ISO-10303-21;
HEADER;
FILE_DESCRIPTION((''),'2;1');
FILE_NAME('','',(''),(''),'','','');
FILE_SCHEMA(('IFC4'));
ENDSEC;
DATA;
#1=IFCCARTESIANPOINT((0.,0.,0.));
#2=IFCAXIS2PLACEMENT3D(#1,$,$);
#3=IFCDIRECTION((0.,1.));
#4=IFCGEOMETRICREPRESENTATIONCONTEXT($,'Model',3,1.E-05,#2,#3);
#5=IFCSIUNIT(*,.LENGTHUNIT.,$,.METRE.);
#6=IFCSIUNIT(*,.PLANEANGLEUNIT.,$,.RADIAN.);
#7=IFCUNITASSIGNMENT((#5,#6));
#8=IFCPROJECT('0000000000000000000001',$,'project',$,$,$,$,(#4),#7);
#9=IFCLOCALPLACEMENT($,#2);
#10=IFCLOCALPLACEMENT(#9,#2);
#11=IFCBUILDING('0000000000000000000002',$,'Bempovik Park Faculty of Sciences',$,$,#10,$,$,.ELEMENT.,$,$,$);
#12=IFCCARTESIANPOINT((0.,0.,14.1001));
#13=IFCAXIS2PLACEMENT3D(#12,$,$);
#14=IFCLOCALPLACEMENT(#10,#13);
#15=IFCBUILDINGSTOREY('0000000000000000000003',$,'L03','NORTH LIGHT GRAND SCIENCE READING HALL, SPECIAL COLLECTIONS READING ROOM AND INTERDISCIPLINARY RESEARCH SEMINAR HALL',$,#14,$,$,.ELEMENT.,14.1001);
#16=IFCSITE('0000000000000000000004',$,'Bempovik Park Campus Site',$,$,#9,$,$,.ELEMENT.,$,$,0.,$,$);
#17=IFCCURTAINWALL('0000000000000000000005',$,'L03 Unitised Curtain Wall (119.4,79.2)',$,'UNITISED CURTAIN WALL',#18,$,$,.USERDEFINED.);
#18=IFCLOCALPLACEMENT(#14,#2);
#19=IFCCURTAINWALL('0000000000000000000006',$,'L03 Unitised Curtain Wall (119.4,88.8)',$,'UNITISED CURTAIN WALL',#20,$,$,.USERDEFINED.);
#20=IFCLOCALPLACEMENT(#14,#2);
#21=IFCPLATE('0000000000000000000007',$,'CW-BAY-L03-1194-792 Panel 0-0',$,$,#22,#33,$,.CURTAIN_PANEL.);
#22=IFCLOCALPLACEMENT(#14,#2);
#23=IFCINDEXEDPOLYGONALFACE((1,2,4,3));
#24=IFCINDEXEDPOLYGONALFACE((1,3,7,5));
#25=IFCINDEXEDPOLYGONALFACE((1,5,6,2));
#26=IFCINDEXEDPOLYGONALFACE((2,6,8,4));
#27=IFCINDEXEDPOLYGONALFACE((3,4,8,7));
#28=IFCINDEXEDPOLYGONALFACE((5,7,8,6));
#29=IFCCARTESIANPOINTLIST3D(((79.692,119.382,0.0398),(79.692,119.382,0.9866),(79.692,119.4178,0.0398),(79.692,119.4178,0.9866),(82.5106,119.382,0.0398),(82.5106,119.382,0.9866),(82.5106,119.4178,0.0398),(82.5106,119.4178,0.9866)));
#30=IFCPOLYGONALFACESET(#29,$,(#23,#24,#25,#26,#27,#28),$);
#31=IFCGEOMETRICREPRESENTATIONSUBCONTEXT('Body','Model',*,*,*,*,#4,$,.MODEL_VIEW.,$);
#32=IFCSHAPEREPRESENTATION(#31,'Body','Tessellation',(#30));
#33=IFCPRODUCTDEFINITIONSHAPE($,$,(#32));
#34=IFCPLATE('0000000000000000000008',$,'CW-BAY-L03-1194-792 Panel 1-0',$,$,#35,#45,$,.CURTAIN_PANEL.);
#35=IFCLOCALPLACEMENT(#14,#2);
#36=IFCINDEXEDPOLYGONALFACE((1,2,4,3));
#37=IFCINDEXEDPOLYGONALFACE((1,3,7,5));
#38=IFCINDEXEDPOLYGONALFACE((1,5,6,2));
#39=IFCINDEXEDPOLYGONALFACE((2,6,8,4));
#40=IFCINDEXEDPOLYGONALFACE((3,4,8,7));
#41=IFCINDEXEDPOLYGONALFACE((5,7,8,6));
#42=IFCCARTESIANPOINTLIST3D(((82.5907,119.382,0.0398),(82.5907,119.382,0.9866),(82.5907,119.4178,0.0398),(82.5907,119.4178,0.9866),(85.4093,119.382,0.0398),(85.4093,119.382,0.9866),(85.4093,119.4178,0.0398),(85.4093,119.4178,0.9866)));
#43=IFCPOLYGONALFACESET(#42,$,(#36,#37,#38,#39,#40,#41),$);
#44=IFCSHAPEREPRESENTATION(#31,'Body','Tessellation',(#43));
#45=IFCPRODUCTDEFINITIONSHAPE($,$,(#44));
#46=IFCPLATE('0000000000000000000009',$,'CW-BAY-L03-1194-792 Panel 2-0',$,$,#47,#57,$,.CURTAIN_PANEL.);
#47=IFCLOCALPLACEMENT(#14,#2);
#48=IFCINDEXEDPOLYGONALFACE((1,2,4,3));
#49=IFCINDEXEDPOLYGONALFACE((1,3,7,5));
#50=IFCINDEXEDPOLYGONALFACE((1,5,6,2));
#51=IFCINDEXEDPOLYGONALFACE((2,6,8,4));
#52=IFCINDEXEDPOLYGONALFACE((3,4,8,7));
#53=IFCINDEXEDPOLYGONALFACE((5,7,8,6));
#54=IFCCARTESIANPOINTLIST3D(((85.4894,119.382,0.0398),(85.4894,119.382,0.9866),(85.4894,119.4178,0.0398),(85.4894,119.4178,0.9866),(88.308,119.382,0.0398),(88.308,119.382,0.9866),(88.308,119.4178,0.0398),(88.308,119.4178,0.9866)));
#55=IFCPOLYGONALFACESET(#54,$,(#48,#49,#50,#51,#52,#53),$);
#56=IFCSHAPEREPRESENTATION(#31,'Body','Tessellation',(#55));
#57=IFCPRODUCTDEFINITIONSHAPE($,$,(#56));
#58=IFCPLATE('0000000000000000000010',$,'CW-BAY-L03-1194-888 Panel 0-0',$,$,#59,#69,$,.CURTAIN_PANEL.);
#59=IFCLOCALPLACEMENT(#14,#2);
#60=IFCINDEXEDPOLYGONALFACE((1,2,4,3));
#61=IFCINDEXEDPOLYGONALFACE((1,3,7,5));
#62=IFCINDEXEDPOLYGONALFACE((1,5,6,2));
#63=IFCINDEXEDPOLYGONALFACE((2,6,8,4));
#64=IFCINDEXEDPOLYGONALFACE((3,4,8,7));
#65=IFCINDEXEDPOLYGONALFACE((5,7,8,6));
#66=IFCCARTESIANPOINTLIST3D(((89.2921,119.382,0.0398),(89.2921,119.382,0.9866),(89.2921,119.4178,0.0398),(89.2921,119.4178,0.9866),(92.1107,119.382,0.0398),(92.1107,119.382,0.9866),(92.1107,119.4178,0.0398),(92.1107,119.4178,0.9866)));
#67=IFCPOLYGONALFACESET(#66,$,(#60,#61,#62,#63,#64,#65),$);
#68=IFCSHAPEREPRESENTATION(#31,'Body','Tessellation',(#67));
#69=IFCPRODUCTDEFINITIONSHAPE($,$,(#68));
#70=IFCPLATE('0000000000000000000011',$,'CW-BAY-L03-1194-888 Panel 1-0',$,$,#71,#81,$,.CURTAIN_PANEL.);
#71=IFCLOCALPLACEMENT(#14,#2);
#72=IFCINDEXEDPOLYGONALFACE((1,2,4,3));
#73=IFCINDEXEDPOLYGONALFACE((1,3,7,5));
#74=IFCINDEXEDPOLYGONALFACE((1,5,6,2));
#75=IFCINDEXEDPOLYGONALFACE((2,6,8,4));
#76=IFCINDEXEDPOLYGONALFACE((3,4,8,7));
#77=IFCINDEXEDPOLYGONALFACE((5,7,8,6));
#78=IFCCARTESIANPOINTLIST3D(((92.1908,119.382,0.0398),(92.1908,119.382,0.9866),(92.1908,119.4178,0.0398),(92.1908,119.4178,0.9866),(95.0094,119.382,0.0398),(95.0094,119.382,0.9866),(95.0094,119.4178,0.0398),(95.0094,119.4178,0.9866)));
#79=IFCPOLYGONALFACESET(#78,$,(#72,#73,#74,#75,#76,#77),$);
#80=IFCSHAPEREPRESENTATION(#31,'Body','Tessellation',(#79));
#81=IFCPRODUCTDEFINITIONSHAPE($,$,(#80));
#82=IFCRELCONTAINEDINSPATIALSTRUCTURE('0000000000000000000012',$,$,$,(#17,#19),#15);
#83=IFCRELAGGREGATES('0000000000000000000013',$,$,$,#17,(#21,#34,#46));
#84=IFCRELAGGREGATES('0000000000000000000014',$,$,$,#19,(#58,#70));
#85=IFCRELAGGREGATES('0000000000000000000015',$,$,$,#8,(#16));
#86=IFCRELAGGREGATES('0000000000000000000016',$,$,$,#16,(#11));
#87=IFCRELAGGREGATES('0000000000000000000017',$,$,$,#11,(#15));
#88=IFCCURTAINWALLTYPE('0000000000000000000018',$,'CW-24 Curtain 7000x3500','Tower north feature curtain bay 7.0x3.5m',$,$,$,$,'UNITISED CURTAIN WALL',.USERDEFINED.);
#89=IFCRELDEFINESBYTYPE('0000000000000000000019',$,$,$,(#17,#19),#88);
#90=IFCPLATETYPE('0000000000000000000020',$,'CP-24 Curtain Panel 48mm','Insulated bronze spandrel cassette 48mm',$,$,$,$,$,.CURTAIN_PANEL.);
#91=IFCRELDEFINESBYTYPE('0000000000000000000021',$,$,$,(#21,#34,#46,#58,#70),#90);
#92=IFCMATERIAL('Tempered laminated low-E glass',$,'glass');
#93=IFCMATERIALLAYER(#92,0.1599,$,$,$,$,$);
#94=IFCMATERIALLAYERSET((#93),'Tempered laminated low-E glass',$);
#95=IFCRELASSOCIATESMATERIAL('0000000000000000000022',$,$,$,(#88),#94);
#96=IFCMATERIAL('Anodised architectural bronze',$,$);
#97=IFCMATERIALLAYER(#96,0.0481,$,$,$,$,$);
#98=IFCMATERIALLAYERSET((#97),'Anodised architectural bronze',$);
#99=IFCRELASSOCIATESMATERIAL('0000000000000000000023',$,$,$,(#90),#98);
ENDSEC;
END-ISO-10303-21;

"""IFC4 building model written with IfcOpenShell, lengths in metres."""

from ifc_helpers import new_model, si_unit, direction, frame, origin, origin_2d, place, context, subcontext, project, spatial, rectangle, extrude, material, layer, layer_set, type_object, element, aggregate, save


model = new_model("IFC4")

# Units and contexts
model_context = context("Model", 3, precision=1e-05, world=origin(), true_north=direction((0.0, 1.0)))
body_context = subcontext(model_context, "Body", "Model", "MODEL_VIEW")
ifc_project = project(units=[si_unit("LENGTHUNIT", "METRE"), si_unit("PLANEANGLEUNIT", "RADIAN")], contexts=[model_context])

# Site, building, storey
site_placement = place(None, origin())
site = spatial("IfcSite", under=ifc_project, at=site_placement, Name="Bempovik Park Campus Site", CompositionType="ELEMENT", RefElevation=0.0)
building_placement = place(site_placement, origin())
building = spatial("IfcBuilding", under=site, at=building_placement, Name="Bempovik Park Faculty of Sciences", CompositionType="ELEMENT")
storey_placement = place(building_placement, frame((0.0, 0.0, 14.1001)))
storey = spatial("IfcBuildingStorey", under=building, at=storey_placement, Name="L03", Description="NORTH LIGHT GRAND SCIENCE READING HALL, SPECIAL COLLECTIONS READING ROOM AND INTERDISCIPLINARY RESEARCH SEMINAR HALL", CompositionType="ELEMENT", Elevation=14.1001)

# Curtain walls
ifc_material_1 = material(Name="Tempered laminated low-E glass", Category="glass")
ifc_layer_1 = layer(ifc_material_1, 0.1599)
ifc_layer_set_1 = layer_set([ifc_layer_1], Name="Tempered laminated low-E glass")
curtain_wall_type = type_object("IfcCurtainWallType", Name="CW-24 Curtain 7000x3500", Description="Tower north feature curtain bay 7.0x3.5m", ElementType="UNITISED CURTAIN WALL", PredefinedType="USERDEFINED", material=ifc_layer_set_1)
curtain_wall_1_placement = place(storey_placement, origin())
curtain_wall_1 = element("IfcCurtainWall", 1, at=curtain_wall_1_placement, inside=storey, type_object=curtain_wall_type, Name="L03 Unitised Curtain Wall (119.4,79.2)", ObjectType="UNITISED CURTAIN WALL", PredefinedType="USERDEFINED")
curtain_wall_2_placement = place(storey_placement, origin())
curtain_wall_2 = element("IfcCurtainWall", 2, at=curtain_wall_2_placement, inside=storey, type_object=curtain_wall_type, Name="L03 Unitised Curtain Wall (119.4,88.8)", ObjectType="UNITISED CURTAIN WALL", PredefinedType="USERDEFINED")

# Plates
ifc_material_2 = material(Name="Anodised architectural bronze")
ifc_layer_2 = layer(ifc_material_2, 0.0481)
ifc_layer_set_2 = layer_set([ifc_layer_2], Name="Anodised architectural bronze")
plate_type_1 = type_object("IfcPlateType", Name="CP-24 Curtain Panel 48mm", Description="Insulated bronze spandrel cassette 48mm", PredefinedType="CURTAIN_PANEL", material=ifc_layer_set_2)
plate_1_placement = place(storey_placement, frame((81.1013, 119.3999, 0.0398), z_axis=(0.0, 0.0, 1.0), x_axis=(1.0, 0.0, 0.0)))
plate_1 = element("IfcPlate", 3, at=plate_1_placement, type_object=plate_type_1, Name="CW-BAY-L03-1194-792 Panel 0-0", PredefinedType="CURTAIN_PANEL", context=body_context, shape_type="SweptSolid", body=[
    extrude(rectangle(XDim=2.8186, YDim=0.0359, at=origin_2d()), origin(), (0.0, 0.0, 1.0), 0.9468),
])
plate_2_placement = place(storey_placement, frame((84.0, 119.3999, 0.0398), z_axis=(0.0, 0.0, 1.0), x_axis=(1.0, 0.0, 0.0)))
plate_2 = element("IfcPlate", 4, at=plate_2_placement, type_object=plate_type_1, Name="CW-BAY-L03-1194-792 Panel 1-0", PredefinedType="CURTAIN_PANEL", context=body_context, shape_type="SweptSolid", body=[
    extrude(rectangle(XDim=2.8186, YDim=0.0359, at=origin_2d()), origin(), (0.0, 0.0, 1.0), 0.9468),
])
plate_3_placement = place(storey_placement, frame((86.8987, 119.3999, 0.0398), z_axis=(0.0, 0.0, 1.0), x_axis=(1.0, 0.0, 0.0)))
plate_3 = element("IfcPlate", 5, at=plate_3_placement, type_object=plate_type_1, Name="CW-BAY-L03-1194-792 Panel 2-0", PredefinedType="CURTAIN_PANEL", context=body_context, shape_type="SweptSolid", body=[
    extrude(rectangle(XDim=2.8186, YDim=0.0359, at=origin_2d()), origin(), (0.0, 0.0, 1.0), 0.9468),
])
aggregate(curtain_wall_1, [plate_1, plate_2, plate_3])
plate_4_placement = place(storey_placement, frame((90.7014, 119.3999, 0.0398), z_axis=(0.0, 0.0, 1.0), x_axis=(1.0, 0.0, 0.0)))
plate_4 = element("IfcPlate", 6, at=plate_4_placement, type_object=plate_type_1, Name="CW-BAY-L03-1194-888 Panel 0-0", PredefinedType="CURTAIN_PANEL", context=body_context, shape_type="SweptSolid", body=[
    extrude(rectangle(XDim=2.8186, YDim=0.0359, at=origin_2d()), origin(), (0.0, 0.0, 1.0), 0.9468),
])
plate_5_placement = place(storey_placement, frame((93.6001, 119.3999, 0.0398), z_axis=(0.0, 0.0, 1.0), x_axis=(1.0, 0.0, 0.0)))
plate_5 = element("IfcPlate", 7, at=plate_5_placement, type_object=plate_type_1, Name="CW-BAY-L03-1194-888 Panel 1-0", PredefinedType="CURTAIN_PANEL", context=body_context, shape_type="SweptSolid", body=[
    extrude(rectangle(XDim=2.8186, YDim=0.0359, at=origin_2d()), origin(), (0.0, 0.0, 1.0), 0.9468),
])
aggregate(curtain_wall_2, [plate_4, plate_5])

save(model, "model.ifc")
